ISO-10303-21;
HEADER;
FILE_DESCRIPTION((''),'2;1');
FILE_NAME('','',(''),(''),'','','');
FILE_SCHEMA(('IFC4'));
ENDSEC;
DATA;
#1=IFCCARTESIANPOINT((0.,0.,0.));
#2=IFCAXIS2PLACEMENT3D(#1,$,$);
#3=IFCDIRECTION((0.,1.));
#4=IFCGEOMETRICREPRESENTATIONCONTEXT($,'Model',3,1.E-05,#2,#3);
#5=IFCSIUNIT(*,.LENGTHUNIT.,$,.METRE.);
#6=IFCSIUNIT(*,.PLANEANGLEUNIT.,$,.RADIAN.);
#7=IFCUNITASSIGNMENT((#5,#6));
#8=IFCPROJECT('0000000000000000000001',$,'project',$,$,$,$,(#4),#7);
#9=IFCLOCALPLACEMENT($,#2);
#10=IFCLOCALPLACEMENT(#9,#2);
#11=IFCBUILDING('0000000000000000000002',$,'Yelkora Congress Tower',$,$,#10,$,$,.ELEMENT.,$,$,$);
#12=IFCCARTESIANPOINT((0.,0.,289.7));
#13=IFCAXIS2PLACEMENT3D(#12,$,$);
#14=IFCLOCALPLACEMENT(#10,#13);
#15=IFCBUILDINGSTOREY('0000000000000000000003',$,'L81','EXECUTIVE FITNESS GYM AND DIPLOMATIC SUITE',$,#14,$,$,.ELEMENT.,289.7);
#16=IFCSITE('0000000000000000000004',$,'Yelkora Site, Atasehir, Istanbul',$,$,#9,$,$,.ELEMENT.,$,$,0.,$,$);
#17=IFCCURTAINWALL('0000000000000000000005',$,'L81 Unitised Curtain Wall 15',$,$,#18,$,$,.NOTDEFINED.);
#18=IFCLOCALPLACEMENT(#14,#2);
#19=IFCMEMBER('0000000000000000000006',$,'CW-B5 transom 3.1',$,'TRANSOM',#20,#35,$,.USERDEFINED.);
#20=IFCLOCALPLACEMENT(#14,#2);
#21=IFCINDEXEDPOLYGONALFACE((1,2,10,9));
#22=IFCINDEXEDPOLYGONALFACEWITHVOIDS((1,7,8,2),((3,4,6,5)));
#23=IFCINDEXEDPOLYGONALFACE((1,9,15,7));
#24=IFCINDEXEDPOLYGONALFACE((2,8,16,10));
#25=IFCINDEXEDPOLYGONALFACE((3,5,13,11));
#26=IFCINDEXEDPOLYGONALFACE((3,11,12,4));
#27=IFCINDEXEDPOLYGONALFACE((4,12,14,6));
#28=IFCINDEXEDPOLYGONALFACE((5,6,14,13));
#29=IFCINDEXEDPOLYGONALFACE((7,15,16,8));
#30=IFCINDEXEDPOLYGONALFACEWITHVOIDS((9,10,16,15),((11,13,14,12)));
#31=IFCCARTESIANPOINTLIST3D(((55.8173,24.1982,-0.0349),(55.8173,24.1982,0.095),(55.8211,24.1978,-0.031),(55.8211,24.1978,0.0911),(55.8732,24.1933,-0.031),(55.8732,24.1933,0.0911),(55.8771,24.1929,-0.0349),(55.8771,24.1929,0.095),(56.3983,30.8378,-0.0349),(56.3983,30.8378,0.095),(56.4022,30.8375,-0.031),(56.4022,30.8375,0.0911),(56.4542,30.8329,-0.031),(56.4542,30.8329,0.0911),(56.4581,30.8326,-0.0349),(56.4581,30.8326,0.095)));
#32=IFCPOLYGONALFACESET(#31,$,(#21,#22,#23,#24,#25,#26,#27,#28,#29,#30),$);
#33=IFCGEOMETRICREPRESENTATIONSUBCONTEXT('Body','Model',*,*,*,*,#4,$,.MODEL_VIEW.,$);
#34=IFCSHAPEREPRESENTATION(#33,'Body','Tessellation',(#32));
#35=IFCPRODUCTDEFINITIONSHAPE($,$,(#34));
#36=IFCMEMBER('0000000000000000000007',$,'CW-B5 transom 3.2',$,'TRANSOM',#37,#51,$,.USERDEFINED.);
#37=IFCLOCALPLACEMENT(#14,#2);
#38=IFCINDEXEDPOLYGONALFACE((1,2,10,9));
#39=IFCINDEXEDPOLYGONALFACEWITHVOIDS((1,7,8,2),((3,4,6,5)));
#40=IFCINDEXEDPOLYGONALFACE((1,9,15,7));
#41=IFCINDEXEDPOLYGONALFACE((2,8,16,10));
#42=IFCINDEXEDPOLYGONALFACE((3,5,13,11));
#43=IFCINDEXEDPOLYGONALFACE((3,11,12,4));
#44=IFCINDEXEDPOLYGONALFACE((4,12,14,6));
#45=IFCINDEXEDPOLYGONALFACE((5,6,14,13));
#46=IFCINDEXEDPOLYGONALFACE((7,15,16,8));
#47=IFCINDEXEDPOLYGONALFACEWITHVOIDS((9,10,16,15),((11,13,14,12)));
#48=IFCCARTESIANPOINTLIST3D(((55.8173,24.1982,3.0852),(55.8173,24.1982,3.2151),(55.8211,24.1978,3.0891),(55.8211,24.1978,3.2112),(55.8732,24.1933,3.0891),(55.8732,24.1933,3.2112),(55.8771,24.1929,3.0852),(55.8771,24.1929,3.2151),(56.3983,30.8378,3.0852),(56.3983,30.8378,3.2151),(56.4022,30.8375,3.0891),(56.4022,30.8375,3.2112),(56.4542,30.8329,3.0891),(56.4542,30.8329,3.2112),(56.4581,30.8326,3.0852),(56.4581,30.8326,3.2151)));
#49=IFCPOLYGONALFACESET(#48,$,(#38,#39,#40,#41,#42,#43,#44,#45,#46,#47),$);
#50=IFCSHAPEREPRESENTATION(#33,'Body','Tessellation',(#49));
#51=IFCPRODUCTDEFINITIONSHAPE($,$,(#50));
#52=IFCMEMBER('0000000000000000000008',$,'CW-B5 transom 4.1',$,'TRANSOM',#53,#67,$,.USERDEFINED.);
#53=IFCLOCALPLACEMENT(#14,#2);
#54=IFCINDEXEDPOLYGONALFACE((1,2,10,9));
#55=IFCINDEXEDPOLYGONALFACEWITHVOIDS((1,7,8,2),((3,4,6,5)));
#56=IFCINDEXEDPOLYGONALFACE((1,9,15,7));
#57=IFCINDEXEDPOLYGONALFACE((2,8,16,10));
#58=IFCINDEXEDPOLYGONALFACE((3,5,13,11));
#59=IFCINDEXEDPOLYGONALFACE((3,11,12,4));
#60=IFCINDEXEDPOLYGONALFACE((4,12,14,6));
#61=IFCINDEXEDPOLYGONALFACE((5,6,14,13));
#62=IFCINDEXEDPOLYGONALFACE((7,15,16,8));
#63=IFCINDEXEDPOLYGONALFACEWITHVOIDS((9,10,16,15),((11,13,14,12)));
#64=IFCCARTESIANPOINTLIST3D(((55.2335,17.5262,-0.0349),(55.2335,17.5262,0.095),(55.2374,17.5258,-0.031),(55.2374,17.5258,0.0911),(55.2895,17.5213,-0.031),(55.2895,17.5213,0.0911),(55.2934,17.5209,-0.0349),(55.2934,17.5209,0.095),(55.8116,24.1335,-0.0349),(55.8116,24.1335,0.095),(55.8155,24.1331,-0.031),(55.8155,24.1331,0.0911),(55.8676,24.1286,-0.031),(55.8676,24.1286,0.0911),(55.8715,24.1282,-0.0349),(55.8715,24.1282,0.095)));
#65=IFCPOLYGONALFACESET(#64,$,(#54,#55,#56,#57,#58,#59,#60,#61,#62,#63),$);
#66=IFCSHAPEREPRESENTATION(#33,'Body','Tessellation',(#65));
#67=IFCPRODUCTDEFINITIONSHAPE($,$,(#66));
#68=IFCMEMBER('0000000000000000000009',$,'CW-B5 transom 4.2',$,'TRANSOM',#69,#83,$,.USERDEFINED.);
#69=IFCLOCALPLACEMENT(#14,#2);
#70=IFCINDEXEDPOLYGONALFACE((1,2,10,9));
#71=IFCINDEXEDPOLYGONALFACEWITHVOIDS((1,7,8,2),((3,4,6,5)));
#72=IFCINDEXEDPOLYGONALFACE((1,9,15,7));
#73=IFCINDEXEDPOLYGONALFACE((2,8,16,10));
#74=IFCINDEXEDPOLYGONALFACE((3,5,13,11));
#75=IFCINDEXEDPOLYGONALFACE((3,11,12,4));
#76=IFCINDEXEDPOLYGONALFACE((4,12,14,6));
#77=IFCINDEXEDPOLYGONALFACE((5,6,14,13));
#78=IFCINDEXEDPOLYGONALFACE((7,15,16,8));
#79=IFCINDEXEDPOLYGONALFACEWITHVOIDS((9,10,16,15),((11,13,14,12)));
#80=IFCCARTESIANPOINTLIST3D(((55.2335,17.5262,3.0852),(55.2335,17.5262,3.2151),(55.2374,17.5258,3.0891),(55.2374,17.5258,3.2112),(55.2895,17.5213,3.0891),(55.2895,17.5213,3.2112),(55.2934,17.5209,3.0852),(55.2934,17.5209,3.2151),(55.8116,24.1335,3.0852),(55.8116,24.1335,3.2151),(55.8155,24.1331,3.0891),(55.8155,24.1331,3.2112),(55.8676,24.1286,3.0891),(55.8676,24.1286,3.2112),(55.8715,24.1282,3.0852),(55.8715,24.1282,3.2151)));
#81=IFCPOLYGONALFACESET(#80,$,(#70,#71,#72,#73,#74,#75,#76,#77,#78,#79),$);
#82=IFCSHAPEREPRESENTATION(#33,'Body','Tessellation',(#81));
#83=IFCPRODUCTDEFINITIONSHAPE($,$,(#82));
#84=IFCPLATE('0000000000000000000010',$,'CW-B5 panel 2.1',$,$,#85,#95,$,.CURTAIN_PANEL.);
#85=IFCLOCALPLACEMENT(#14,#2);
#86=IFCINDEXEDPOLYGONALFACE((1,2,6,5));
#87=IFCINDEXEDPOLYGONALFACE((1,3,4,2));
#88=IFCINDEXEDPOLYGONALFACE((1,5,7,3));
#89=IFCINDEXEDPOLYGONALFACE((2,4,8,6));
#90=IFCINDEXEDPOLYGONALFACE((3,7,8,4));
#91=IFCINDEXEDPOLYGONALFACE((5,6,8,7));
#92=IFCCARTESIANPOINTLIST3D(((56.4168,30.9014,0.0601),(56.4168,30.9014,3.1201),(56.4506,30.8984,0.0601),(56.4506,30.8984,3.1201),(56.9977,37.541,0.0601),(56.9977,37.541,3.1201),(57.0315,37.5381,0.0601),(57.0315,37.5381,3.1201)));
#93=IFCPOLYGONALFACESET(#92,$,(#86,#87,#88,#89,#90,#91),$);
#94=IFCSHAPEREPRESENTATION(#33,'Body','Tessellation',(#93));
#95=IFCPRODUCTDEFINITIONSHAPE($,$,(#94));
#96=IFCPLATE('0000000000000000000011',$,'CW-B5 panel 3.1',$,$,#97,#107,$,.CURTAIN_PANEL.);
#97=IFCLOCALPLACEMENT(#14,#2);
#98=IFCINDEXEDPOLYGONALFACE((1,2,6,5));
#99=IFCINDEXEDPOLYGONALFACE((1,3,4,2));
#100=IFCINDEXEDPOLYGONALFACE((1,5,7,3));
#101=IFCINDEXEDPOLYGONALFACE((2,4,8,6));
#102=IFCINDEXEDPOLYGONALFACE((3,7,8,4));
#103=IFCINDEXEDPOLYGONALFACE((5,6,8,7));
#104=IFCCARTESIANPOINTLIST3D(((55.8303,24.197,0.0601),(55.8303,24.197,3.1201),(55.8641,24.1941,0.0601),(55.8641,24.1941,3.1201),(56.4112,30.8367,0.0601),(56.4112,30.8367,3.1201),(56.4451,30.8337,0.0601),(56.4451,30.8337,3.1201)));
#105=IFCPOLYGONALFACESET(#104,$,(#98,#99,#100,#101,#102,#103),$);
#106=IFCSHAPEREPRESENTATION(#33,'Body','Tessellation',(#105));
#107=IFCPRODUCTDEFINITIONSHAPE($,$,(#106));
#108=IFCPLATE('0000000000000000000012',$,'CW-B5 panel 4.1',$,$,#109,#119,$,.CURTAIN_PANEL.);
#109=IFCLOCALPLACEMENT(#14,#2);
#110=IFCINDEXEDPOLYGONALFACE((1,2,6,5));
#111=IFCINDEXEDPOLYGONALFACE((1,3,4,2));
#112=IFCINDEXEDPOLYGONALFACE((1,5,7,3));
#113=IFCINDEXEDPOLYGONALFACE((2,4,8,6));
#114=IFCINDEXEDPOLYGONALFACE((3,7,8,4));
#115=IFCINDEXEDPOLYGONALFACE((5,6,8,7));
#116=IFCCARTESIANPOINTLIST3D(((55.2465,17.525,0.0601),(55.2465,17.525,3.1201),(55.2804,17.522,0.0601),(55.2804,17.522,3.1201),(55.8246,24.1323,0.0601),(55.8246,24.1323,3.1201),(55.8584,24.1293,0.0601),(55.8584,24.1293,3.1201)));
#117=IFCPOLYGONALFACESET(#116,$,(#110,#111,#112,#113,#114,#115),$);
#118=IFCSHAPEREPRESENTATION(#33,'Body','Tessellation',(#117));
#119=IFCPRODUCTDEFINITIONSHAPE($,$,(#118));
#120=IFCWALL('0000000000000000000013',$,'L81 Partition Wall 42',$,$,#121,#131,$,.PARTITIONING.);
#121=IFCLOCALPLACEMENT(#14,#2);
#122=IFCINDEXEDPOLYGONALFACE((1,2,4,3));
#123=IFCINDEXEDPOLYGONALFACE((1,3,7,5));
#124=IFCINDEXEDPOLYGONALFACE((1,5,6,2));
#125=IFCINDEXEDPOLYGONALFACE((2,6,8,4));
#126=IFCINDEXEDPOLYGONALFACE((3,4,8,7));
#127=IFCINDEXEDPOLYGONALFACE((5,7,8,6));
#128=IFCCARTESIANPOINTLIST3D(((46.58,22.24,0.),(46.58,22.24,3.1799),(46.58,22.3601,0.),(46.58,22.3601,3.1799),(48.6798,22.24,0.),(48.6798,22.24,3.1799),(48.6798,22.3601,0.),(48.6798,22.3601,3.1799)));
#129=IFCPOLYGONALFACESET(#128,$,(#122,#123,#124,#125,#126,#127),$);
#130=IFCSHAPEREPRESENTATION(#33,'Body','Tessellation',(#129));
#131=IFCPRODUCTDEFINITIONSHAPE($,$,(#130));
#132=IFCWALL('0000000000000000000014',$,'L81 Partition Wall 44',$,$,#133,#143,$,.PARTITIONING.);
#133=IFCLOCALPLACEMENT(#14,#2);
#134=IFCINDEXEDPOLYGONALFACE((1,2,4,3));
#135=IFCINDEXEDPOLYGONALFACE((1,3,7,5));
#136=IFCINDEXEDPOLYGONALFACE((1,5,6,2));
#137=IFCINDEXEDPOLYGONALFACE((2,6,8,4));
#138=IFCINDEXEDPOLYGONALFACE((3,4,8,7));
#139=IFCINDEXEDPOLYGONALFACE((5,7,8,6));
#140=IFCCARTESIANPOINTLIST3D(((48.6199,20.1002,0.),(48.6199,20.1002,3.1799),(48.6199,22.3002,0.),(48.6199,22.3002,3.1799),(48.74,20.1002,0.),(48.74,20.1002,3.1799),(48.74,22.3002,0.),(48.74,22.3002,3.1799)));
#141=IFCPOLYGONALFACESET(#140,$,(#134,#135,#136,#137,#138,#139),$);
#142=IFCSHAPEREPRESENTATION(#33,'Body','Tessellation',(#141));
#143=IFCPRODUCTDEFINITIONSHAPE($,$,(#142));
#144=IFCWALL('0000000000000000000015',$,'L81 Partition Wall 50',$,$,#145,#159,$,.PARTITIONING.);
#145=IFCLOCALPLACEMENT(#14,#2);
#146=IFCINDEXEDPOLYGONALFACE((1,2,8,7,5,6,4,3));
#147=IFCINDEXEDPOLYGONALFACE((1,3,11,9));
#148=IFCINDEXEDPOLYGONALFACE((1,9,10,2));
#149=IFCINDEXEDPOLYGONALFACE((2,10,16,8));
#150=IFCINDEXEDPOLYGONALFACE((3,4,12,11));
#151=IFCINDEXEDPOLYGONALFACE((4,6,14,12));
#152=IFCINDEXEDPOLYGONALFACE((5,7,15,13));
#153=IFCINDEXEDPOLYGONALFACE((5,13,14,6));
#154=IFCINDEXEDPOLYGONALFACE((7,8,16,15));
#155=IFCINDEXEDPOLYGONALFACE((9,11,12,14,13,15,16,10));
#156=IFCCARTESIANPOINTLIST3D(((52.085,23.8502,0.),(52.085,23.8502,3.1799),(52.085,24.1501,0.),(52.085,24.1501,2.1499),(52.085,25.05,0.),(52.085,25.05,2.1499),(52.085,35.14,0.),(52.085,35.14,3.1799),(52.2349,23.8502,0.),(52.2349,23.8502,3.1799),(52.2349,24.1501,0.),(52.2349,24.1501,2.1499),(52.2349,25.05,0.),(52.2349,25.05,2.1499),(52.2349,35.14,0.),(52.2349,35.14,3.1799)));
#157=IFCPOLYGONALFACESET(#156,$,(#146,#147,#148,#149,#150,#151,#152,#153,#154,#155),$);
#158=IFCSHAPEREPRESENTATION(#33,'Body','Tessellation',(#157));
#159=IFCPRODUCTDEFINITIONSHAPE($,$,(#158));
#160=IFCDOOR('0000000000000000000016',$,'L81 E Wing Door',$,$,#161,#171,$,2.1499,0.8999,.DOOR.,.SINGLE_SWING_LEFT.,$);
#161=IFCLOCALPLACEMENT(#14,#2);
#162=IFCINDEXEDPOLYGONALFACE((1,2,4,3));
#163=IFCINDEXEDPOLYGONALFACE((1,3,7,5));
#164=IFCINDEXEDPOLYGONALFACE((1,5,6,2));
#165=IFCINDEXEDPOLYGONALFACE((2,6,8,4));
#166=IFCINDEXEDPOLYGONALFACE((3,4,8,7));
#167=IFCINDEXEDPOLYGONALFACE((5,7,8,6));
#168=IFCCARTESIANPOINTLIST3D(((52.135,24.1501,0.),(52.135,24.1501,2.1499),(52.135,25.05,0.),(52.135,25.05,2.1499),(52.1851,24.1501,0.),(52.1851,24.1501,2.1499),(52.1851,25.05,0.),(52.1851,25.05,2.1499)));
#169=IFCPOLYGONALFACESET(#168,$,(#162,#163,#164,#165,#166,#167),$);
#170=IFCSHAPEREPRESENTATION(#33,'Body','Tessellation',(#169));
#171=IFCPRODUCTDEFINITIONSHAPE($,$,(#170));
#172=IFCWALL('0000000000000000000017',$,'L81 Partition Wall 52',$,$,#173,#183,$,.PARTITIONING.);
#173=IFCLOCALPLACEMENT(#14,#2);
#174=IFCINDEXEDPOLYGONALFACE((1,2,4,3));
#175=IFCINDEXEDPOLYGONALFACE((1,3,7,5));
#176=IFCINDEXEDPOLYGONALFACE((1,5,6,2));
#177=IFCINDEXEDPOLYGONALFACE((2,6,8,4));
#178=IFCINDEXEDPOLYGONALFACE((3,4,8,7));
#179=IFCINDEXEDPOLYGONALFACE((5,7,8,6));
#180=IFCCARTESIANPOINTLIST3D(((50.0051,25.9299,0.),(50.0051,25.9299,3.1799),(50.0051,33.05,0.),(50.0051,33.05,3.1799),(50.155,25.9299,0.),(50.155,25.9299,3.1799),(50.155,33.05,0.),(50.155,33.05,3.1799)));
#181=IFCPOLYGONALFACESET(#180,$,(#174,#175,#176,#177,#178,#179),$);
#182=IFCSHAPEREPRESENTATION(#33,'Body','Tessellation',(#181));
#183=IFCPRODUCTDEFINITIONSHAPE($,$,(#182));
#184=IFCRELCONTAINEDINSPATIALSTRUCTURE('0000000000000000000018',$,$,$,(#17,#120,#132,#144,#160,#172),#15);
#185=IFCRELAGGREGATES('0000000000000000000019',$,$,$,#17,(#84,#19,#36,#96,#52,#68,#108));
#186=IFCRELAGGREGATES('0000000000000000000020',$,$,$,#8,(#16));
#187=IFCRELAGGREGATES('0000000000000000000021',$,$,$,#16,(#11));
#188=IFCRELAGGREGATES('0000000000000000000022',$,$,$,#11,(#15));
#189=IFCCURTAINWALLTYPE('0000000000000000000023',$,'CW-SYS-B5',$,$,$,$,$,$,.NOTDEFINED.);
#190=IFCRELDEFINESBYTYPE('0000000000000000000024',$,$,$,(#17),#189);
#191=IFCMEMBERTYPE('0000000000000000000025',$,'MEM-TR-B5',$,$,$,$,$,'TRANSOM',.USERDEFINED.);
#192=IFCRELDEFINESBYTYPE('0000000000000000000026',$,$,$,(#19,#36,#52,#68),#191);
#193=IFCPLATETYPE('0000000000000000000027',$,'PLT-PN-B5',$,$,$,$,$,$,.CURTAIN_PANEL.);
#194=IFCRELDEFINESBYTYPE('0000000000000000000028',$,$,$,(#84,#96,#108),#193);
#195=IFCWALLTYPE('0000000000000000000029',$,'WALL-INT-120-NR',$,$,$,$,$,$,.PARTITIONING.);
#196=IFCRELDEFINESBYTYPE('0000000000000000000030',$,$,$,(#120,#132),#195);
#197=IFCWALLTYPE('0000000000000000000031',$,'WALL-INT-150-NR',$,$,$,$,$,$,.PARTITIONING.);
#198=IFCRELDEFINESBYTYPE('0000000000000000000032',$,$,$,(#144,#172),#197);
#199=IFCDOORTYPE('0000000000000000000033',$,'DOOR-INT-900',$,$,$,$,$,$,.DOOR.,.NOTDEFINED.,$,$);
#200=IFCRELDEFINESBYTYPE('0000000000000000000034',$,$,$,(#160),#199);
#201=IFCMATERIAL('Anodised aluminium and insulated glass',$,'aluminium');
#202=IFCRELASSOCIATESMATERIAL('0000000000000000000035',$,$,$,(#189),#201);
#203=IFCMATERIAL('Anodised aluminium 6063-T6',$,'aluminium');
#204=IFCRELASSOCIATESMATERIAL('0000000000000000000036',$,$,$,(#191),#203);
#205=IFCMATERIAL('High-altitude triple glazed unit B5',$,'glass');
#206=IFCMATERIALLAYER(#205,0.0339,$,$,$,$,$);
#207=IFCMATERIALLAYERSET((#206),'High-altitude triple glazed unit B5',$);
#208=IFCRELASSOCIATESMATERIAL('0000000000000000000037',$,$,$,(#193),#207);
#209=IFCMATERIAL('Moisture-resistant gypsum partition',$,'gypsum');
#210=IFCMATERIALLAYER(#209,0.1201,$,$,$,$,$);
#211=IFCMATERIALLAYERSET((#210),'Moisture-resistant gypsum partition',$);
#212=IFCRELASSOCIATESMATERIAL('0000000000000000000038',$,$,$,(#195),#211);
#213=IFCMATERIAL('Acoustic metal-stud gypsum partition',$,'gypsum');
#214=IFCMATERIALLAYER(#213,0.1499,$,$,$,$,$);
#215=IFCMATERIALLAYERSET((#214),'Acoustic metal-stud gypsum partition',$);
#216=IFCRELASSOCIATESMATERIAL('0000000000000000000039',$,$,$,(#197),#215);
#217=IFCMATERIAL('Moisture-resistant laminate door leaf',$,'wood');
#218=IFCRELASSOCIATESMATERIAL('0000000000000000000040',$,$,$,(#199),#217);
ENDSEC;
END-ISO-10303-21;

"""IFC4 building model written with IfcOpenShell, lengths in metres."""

from ifc_helpers import new_model, si_unit, direction, frame, frame_2d, origin, origin_2d, place, context, subcontext, project, spatial, rectangle, hollow_rectangle, extrude, material, layer, layer_set, material_profile, profile_set, type_object, element, fill, aggregate, save


model = new_model("IFC4")

# Units and contexts
model_context = context("Model", 3, precision=1e-05, world=origin(), true_north=direction((0.0, 1.0)))
body_context = subcontext(model_context, "Body", "Model", "MODEL_VIEW")
ifc_project = project(units=[si_unit("LENGTHUNIT", "METRE"), si_unit("PLANEANGLEUNIT", "RADIAN")], contexts=[model_context])

# Site, building, storey
site_placement = place(None, origin())
site = spatial("IfcSite", under=ifc_project, at=site_placement, Name="Yelkora Site, Atasehir, Istanbul", CompositionType="ELEMENT", RefElevation=0.0)
building_placement = place(site_placement, origin())
building = spatial("IfcBuilding", under=site, at=building_placement, Name="Yelkora Congress Tower", CompositionType="ELEMENT")
storey_placement = place(building_placement, frame((0.0, 0.0, 289.7)))
storey = spatial("IfcBuildingStorey", under=building, at=storey_placement, Name="L81", Description="EXECUTIVE FITNESS GYM AND DIPLOMATIC SUITE", CompositionType="ELEMENT", Elevation=289.7)

# Curtain wall, members, plates
ifc_material_1 = material(Name="Anodised aluminium and insulated glass", Category="aluminium")
curtain_wall_type = type_object("IfcCurtainWallType", Name="CW-SYS-B5", PredefinedType="NOTDEFINED", material=ifc_material_1)
curtain_wall_placement = place(storey_placement, origin())
curtain_wall = element("IfcCurtainWall", 1, at=curtain_wall_placement, inside=storey, type_object=curtain_wall_type, Name="L81 Unitised Curtain Wall 15", PredefinedType="NOTDEFINED")
ifc_material_2 = material(Name="Anodised aluminium 6063-T6", Category="aluminium")
ifc_material_profile_1 = material_profile(ifc_material_2, hollow_rectangle(XDim=0.0601, YDim=0.1299, WallThickness=0.0039, at=origin_2d()), Name="ALU 60x130x4")
ifc_profile_set_1 = profile_set([ifc_material_profile_1], Name="Anodised aluminium 6063-T6")
member_type_1 = type_object("IfcMemberType", Name="MEM-TR-B5", ElementType="TRANSOM", PredefinedType="USERDEFINED", material=ifc_profile_set_1)
member_1_placement = place(storey_placement, frame((56.4282, 30.8352, 0.03), z_axis=(-0.08718, -0.996193, 0.0), x_axis=(0.996193, -0.08718, 0.0)))
member_1 = element("IfcMember", 2, at=member_1_placement, type_object=member_type_1, Name="CW-B5 transom 3.1", ObjectType="TRANSOM", PredefinedType="USERDEFINED", context=body_context, shape_type="SweptSolid", body=[
    extrude(hollow_rectangle(XDim=0.0601, YDim=0.1299, WallThickness=0.0039, at=origin_2d()), origin(), (0.0, 0.0, 1.0), 6.665),
])
member_2_placement = place(storey_placement, frame((56.4282, 30.8352, 3.1501), z_axis=(-0.08718, -0.996193, 0.0), x_axis=(0.996193, -0.08718, 0.0)))
member_2 = element("IfcMember", 3, at=member_2_placement, type_object=member_type_1, Name="CW-B5 transom 3.2", ObjectType="TRANSOM", PredefinedType="USERDEFINED", context=body_context, shape_type="SweptSolid", body=[
    extrude(hollow_rectangle(XDim=0.0601, YDim=0.1299, WallThickness=0.0039, at=origin_2d()), origin(), (0.0, 0.0, 1.0), 6.665),
])
member_3_placement = place(storey_placement, frame((55.8416, 24.1309, 0.03), z_axis=(-0.087163, -0.996194, 0.0), x_axis=(0.996194, -0.087163, 0.0)))
member_3 = element("IfcMember", 4, at=member_3_placement, type_object=member_type_1, Name="CW-B5 transom 4.1", ObjectType="TRANSOM", PredefinedType="USERDEFINED", context=body_context, shape_type="SweptSolid", body=[
    extrude(hollow_rectangle(XDim=0.0601, YDim=0.1299, WallThickness=0.0039, at=origin_2d()), origin(), (0.0, 0.0, 1.0), 6.6326),
])
member_4_placement = place(storey_placement, frame((55.8416, 24.1309, 3.1501), z_axis=(-0.087163, -0.996194, 0.0), x_axis=(0.996194, -0.087163, 0.0)))
member_4 = element("IfcMember", 5, at=member_4_placement, type_object=member_type_1, Name="CW-B5 transom 4.2", ObjectType="TRANSOM", PredefinedType="USERDEFINED", context=body_context, shape_type="SweptSolid", body=[
    extrude(hollow_rectangle(XDim=0.0601, YDim=0.1299, WallThickness=0.0039, at=origin_2d()), origin(), (0.0, 0.0, 1.0), 6.6326),
])
ifc_material_3 = material(Name="High-altitude triple glazed unit B5", Category="glass")
ifc_layer_1 = layer(ifc_material_3, 0.0339)
ifc_layer_set_1 = layer_set([ifc_layer_1], Name="High-altitude triple glazed unit B5")
plate_type = type_object("IfcPlateType", Name="PLT-PN-B5", PredefinedType="CURTAIN_PANEL", material=ifc_layer_set_1)
plate_1_placement = place(storey_placement, frame((56.7241, 34.2197, 0.0601), z_axis=(0.0, 0.0, 1.0), x_axis=(-0.087158, -0.996194, 0.0)))
plate_1 = element("IfcPlate", 6, at=plate_1_placement, type_object=plate_type, Name="CW-B5 panel 2.1", PredefinedType="CURTAIN_PANEL", context=body_context, shape_type="SweptSolid", body=[
    extrude(rectangle(XDim=6.665, YDim=0.0339, at=origin_2d()), origin(), (0.0, 0.0, 1.0), 3.0601),
])
plate_2_placement = place(storey_placement, frame((56.1377, 27.5154, 0.0601), z_axis=(0.0, 0.0, 1.0), x_axis=(-0.087158, -0.996194, 0.0)))
plate_2 = element("IfcPlate", 7, at=plate_2_placement, type_object=plate_type, Name="CW-B5 panel 3.1", PredefinedType="CURTAIN_PANEL", context=body_context, shape_type="SweptSolid", body=[
    extrude(rectangle(XDim=6.665, YDim=0.0339, at=origin_2d()), origin(), (0.0, 0.0, 1.0), 3.0601),
])
plate_3_placement = place(storey_placement, frame((55.5525, 20.8271, 0.0601), z_axis=(0.0, 0.0, 1.0), x_axis=(-0.087158, -0.996194, 0.0)))
plate_3 = element("IfcPlate", 8, at=plate_3_placement, type_object=plate_type, Name="CW-B5 panel 4.1", PredefinedType="CURTAIN_PANEL", context=body_context, shape_type="SweptSolid", body=[
    extrude(rectangle(XDim=6.6326, YDim=0.0339, at=origin_2d()), origin(), (0.0, 0.0, 1.0), 3.0601),
])
aggregate(curtain_wall, [plate_1, member_1, member_2, plate_2, member_3, member_4, plate_3])

# Walls
ifc_material_4 = material(Name="Moisture-resistant gypsum partition", Category="gypsum")
ifc_layer_2 = layer(ifc_material_4, 0.1201)
ifc_layer_set_2 = layer_set([ifc_layer_2], Name="Moisture-resistant gypsum partition")
wall_type_1 = type_object("IfcWallType", Name="WALL-INT-120-NR", PredefinedType="PARTITIONING", material=ifc_layer_set_2)
wall_1_placement = place(storey_placement, frame((46.5801, 22.3, 0.0), z_axis=(0.0, 0.0, 1.0), x_axis=(1.0, 0.0, 0.0)))
element("IfcWall", 9, at=wall_1_placement, inside=storey, type_object=wall_type_1, Name="L81 Partition Wall 42", PredefinedType="PARTITIONING", context=body_context, shape_type="SweptSolid", body=[
    extrude(rectangle(XDim=2.0999, YDim=0.1201, at=frame_2d((1.0498, 0.0))), origin(), (0.0, 0.0, 1.0), 3.1799),
])
wall_2_placement = place(storey_placement, frame((48.6799, 20.1001, 0.0), z_axis=(0.0, 0.0, 1.0), x_axis=(0.0, 1.0, 0.0)))
element("IfcWall", 10, at=wall_2_placement, inside=storey, type_object=wall_type_1, Name="L81 Partition Wall 44", PredefinedType="PARTITIONING", context=body_context, shape_type="SweptSolid", body=[
    extrude(rectangle(XDim=2.2, YDim=0.1201, at=frame_2d((1.1001, 0.0))), origin(), (0.0, 0.0, 1.0), 3.1799),
])

# Wall, opening, door
ifc_material_5 = material(Name="Acoustic metal-stud gypsum partition", Category="gypsum")
ifc_layer_3 = layer(ifc_material_5, 0.1499)
ifc_layer_set_3 = layer_set([ifc_layer_3], Name="Acoustic metal-stud gypsum partition")
wall_type_2 = type_object("IfcWallType", Name="WALL-INT-150-NR", PredefinedType="PARTITIONING", material=ifc_layer_set_3)
wall_3_placement = place(storey_placement, frame((52.1599, 23.8501, 0.0), z_axis=(0.0, 0.0, 1.0), x_axis=(0.0, 1.0, 0.0)))
wall_3 = element("IfcWall", 11, at=wall_3_placement, inside=storey, type_object=wall_type_2, Name="L81 Partition Wall 50", PredefinedType="PARTITIONING", context=body_context, shape_type="SweptSolid", body=[
    extrude(rectangle(XDim=11.2898, YDim=0.1499, at=frame_2d((5.645, 0.0))), origin(), (0.0, 0.0, 1.0), 3.1799),
])
opening_placement = place(wall_3_placement, frame((0.3, 0.0, 0.0)))
opening = element("IfcOpeningElement", 12, at=opening_placement, cuts=wall_3, PredefinedType="OPENING", context=body_context, shape_type="SweptSolid", body=[
    extrude(rectangle(XDim=0.8999, YDim=2.1499, at=frame_2d((0.45, 1.075))), frame((0.0, 0.085, 0.0), z_axis=(0.0, -1.0, 0.0), x_axis=(1.0, 0.0, 0.0)), (0.0, 0.0, 1.0), 0.1699),
])
ifc_material_6 = material(Name="Moisture-resistant laminate door leaf", Category="wood")
door_type = type_object("IfcDoorType", Name="DOOR-INT-900", OperationType="NOTDEFINED", PredefinedType="DOOR", material=ifc_material_6)
door_placement = place(opening_placement, origin())
door = element("IfcDoor", 13, at=door_placement, inside=storey, type_object=door_type, Name="L81 E Wing Door", OperationType="SINGLE_SWING_LEFT", OverallHeight=2.1499, OverallWidth=0.8999, PredefinedType="DOOR", context=body_context, shape_type="SweptSolid", body=[
    extrude(rectangle(XDim=0.8999, YDim=2.1499, at=frame_2d((0.45, 1.075))), frame((0.0, 0.0249, 0.0), z_axis=(0.0, -1.0, 0.0), x_axis=(1.0, 0.0, 0.0)), (0.0, 0.0, 1.0), 0.05),
])
fill(opening, door)

# Wall
wall_4_placement = place(storey_placement, frame((50.0801, 25.9299, 0.0), z_axis=(0.0, 0.0, 1.0), x_axis=(0.0, 1.0, 0.0)))
element("IfcWall", 14, at=wall_4_placement, inside=storey, type_object=wall_type_2, Name="L81 Partition Wall 52", PredefinedType="PARTITIONING", context=body_context, shape_type="SweptSolid", body=[
    extrude(rectangle(XDim=7.1201, YDim=0.1499, at=frame_2d((3.5601, 0.0))), origin(), (0.0, 0.0, 1.0), 3.1799),
])

save(model, "model.ifc")
